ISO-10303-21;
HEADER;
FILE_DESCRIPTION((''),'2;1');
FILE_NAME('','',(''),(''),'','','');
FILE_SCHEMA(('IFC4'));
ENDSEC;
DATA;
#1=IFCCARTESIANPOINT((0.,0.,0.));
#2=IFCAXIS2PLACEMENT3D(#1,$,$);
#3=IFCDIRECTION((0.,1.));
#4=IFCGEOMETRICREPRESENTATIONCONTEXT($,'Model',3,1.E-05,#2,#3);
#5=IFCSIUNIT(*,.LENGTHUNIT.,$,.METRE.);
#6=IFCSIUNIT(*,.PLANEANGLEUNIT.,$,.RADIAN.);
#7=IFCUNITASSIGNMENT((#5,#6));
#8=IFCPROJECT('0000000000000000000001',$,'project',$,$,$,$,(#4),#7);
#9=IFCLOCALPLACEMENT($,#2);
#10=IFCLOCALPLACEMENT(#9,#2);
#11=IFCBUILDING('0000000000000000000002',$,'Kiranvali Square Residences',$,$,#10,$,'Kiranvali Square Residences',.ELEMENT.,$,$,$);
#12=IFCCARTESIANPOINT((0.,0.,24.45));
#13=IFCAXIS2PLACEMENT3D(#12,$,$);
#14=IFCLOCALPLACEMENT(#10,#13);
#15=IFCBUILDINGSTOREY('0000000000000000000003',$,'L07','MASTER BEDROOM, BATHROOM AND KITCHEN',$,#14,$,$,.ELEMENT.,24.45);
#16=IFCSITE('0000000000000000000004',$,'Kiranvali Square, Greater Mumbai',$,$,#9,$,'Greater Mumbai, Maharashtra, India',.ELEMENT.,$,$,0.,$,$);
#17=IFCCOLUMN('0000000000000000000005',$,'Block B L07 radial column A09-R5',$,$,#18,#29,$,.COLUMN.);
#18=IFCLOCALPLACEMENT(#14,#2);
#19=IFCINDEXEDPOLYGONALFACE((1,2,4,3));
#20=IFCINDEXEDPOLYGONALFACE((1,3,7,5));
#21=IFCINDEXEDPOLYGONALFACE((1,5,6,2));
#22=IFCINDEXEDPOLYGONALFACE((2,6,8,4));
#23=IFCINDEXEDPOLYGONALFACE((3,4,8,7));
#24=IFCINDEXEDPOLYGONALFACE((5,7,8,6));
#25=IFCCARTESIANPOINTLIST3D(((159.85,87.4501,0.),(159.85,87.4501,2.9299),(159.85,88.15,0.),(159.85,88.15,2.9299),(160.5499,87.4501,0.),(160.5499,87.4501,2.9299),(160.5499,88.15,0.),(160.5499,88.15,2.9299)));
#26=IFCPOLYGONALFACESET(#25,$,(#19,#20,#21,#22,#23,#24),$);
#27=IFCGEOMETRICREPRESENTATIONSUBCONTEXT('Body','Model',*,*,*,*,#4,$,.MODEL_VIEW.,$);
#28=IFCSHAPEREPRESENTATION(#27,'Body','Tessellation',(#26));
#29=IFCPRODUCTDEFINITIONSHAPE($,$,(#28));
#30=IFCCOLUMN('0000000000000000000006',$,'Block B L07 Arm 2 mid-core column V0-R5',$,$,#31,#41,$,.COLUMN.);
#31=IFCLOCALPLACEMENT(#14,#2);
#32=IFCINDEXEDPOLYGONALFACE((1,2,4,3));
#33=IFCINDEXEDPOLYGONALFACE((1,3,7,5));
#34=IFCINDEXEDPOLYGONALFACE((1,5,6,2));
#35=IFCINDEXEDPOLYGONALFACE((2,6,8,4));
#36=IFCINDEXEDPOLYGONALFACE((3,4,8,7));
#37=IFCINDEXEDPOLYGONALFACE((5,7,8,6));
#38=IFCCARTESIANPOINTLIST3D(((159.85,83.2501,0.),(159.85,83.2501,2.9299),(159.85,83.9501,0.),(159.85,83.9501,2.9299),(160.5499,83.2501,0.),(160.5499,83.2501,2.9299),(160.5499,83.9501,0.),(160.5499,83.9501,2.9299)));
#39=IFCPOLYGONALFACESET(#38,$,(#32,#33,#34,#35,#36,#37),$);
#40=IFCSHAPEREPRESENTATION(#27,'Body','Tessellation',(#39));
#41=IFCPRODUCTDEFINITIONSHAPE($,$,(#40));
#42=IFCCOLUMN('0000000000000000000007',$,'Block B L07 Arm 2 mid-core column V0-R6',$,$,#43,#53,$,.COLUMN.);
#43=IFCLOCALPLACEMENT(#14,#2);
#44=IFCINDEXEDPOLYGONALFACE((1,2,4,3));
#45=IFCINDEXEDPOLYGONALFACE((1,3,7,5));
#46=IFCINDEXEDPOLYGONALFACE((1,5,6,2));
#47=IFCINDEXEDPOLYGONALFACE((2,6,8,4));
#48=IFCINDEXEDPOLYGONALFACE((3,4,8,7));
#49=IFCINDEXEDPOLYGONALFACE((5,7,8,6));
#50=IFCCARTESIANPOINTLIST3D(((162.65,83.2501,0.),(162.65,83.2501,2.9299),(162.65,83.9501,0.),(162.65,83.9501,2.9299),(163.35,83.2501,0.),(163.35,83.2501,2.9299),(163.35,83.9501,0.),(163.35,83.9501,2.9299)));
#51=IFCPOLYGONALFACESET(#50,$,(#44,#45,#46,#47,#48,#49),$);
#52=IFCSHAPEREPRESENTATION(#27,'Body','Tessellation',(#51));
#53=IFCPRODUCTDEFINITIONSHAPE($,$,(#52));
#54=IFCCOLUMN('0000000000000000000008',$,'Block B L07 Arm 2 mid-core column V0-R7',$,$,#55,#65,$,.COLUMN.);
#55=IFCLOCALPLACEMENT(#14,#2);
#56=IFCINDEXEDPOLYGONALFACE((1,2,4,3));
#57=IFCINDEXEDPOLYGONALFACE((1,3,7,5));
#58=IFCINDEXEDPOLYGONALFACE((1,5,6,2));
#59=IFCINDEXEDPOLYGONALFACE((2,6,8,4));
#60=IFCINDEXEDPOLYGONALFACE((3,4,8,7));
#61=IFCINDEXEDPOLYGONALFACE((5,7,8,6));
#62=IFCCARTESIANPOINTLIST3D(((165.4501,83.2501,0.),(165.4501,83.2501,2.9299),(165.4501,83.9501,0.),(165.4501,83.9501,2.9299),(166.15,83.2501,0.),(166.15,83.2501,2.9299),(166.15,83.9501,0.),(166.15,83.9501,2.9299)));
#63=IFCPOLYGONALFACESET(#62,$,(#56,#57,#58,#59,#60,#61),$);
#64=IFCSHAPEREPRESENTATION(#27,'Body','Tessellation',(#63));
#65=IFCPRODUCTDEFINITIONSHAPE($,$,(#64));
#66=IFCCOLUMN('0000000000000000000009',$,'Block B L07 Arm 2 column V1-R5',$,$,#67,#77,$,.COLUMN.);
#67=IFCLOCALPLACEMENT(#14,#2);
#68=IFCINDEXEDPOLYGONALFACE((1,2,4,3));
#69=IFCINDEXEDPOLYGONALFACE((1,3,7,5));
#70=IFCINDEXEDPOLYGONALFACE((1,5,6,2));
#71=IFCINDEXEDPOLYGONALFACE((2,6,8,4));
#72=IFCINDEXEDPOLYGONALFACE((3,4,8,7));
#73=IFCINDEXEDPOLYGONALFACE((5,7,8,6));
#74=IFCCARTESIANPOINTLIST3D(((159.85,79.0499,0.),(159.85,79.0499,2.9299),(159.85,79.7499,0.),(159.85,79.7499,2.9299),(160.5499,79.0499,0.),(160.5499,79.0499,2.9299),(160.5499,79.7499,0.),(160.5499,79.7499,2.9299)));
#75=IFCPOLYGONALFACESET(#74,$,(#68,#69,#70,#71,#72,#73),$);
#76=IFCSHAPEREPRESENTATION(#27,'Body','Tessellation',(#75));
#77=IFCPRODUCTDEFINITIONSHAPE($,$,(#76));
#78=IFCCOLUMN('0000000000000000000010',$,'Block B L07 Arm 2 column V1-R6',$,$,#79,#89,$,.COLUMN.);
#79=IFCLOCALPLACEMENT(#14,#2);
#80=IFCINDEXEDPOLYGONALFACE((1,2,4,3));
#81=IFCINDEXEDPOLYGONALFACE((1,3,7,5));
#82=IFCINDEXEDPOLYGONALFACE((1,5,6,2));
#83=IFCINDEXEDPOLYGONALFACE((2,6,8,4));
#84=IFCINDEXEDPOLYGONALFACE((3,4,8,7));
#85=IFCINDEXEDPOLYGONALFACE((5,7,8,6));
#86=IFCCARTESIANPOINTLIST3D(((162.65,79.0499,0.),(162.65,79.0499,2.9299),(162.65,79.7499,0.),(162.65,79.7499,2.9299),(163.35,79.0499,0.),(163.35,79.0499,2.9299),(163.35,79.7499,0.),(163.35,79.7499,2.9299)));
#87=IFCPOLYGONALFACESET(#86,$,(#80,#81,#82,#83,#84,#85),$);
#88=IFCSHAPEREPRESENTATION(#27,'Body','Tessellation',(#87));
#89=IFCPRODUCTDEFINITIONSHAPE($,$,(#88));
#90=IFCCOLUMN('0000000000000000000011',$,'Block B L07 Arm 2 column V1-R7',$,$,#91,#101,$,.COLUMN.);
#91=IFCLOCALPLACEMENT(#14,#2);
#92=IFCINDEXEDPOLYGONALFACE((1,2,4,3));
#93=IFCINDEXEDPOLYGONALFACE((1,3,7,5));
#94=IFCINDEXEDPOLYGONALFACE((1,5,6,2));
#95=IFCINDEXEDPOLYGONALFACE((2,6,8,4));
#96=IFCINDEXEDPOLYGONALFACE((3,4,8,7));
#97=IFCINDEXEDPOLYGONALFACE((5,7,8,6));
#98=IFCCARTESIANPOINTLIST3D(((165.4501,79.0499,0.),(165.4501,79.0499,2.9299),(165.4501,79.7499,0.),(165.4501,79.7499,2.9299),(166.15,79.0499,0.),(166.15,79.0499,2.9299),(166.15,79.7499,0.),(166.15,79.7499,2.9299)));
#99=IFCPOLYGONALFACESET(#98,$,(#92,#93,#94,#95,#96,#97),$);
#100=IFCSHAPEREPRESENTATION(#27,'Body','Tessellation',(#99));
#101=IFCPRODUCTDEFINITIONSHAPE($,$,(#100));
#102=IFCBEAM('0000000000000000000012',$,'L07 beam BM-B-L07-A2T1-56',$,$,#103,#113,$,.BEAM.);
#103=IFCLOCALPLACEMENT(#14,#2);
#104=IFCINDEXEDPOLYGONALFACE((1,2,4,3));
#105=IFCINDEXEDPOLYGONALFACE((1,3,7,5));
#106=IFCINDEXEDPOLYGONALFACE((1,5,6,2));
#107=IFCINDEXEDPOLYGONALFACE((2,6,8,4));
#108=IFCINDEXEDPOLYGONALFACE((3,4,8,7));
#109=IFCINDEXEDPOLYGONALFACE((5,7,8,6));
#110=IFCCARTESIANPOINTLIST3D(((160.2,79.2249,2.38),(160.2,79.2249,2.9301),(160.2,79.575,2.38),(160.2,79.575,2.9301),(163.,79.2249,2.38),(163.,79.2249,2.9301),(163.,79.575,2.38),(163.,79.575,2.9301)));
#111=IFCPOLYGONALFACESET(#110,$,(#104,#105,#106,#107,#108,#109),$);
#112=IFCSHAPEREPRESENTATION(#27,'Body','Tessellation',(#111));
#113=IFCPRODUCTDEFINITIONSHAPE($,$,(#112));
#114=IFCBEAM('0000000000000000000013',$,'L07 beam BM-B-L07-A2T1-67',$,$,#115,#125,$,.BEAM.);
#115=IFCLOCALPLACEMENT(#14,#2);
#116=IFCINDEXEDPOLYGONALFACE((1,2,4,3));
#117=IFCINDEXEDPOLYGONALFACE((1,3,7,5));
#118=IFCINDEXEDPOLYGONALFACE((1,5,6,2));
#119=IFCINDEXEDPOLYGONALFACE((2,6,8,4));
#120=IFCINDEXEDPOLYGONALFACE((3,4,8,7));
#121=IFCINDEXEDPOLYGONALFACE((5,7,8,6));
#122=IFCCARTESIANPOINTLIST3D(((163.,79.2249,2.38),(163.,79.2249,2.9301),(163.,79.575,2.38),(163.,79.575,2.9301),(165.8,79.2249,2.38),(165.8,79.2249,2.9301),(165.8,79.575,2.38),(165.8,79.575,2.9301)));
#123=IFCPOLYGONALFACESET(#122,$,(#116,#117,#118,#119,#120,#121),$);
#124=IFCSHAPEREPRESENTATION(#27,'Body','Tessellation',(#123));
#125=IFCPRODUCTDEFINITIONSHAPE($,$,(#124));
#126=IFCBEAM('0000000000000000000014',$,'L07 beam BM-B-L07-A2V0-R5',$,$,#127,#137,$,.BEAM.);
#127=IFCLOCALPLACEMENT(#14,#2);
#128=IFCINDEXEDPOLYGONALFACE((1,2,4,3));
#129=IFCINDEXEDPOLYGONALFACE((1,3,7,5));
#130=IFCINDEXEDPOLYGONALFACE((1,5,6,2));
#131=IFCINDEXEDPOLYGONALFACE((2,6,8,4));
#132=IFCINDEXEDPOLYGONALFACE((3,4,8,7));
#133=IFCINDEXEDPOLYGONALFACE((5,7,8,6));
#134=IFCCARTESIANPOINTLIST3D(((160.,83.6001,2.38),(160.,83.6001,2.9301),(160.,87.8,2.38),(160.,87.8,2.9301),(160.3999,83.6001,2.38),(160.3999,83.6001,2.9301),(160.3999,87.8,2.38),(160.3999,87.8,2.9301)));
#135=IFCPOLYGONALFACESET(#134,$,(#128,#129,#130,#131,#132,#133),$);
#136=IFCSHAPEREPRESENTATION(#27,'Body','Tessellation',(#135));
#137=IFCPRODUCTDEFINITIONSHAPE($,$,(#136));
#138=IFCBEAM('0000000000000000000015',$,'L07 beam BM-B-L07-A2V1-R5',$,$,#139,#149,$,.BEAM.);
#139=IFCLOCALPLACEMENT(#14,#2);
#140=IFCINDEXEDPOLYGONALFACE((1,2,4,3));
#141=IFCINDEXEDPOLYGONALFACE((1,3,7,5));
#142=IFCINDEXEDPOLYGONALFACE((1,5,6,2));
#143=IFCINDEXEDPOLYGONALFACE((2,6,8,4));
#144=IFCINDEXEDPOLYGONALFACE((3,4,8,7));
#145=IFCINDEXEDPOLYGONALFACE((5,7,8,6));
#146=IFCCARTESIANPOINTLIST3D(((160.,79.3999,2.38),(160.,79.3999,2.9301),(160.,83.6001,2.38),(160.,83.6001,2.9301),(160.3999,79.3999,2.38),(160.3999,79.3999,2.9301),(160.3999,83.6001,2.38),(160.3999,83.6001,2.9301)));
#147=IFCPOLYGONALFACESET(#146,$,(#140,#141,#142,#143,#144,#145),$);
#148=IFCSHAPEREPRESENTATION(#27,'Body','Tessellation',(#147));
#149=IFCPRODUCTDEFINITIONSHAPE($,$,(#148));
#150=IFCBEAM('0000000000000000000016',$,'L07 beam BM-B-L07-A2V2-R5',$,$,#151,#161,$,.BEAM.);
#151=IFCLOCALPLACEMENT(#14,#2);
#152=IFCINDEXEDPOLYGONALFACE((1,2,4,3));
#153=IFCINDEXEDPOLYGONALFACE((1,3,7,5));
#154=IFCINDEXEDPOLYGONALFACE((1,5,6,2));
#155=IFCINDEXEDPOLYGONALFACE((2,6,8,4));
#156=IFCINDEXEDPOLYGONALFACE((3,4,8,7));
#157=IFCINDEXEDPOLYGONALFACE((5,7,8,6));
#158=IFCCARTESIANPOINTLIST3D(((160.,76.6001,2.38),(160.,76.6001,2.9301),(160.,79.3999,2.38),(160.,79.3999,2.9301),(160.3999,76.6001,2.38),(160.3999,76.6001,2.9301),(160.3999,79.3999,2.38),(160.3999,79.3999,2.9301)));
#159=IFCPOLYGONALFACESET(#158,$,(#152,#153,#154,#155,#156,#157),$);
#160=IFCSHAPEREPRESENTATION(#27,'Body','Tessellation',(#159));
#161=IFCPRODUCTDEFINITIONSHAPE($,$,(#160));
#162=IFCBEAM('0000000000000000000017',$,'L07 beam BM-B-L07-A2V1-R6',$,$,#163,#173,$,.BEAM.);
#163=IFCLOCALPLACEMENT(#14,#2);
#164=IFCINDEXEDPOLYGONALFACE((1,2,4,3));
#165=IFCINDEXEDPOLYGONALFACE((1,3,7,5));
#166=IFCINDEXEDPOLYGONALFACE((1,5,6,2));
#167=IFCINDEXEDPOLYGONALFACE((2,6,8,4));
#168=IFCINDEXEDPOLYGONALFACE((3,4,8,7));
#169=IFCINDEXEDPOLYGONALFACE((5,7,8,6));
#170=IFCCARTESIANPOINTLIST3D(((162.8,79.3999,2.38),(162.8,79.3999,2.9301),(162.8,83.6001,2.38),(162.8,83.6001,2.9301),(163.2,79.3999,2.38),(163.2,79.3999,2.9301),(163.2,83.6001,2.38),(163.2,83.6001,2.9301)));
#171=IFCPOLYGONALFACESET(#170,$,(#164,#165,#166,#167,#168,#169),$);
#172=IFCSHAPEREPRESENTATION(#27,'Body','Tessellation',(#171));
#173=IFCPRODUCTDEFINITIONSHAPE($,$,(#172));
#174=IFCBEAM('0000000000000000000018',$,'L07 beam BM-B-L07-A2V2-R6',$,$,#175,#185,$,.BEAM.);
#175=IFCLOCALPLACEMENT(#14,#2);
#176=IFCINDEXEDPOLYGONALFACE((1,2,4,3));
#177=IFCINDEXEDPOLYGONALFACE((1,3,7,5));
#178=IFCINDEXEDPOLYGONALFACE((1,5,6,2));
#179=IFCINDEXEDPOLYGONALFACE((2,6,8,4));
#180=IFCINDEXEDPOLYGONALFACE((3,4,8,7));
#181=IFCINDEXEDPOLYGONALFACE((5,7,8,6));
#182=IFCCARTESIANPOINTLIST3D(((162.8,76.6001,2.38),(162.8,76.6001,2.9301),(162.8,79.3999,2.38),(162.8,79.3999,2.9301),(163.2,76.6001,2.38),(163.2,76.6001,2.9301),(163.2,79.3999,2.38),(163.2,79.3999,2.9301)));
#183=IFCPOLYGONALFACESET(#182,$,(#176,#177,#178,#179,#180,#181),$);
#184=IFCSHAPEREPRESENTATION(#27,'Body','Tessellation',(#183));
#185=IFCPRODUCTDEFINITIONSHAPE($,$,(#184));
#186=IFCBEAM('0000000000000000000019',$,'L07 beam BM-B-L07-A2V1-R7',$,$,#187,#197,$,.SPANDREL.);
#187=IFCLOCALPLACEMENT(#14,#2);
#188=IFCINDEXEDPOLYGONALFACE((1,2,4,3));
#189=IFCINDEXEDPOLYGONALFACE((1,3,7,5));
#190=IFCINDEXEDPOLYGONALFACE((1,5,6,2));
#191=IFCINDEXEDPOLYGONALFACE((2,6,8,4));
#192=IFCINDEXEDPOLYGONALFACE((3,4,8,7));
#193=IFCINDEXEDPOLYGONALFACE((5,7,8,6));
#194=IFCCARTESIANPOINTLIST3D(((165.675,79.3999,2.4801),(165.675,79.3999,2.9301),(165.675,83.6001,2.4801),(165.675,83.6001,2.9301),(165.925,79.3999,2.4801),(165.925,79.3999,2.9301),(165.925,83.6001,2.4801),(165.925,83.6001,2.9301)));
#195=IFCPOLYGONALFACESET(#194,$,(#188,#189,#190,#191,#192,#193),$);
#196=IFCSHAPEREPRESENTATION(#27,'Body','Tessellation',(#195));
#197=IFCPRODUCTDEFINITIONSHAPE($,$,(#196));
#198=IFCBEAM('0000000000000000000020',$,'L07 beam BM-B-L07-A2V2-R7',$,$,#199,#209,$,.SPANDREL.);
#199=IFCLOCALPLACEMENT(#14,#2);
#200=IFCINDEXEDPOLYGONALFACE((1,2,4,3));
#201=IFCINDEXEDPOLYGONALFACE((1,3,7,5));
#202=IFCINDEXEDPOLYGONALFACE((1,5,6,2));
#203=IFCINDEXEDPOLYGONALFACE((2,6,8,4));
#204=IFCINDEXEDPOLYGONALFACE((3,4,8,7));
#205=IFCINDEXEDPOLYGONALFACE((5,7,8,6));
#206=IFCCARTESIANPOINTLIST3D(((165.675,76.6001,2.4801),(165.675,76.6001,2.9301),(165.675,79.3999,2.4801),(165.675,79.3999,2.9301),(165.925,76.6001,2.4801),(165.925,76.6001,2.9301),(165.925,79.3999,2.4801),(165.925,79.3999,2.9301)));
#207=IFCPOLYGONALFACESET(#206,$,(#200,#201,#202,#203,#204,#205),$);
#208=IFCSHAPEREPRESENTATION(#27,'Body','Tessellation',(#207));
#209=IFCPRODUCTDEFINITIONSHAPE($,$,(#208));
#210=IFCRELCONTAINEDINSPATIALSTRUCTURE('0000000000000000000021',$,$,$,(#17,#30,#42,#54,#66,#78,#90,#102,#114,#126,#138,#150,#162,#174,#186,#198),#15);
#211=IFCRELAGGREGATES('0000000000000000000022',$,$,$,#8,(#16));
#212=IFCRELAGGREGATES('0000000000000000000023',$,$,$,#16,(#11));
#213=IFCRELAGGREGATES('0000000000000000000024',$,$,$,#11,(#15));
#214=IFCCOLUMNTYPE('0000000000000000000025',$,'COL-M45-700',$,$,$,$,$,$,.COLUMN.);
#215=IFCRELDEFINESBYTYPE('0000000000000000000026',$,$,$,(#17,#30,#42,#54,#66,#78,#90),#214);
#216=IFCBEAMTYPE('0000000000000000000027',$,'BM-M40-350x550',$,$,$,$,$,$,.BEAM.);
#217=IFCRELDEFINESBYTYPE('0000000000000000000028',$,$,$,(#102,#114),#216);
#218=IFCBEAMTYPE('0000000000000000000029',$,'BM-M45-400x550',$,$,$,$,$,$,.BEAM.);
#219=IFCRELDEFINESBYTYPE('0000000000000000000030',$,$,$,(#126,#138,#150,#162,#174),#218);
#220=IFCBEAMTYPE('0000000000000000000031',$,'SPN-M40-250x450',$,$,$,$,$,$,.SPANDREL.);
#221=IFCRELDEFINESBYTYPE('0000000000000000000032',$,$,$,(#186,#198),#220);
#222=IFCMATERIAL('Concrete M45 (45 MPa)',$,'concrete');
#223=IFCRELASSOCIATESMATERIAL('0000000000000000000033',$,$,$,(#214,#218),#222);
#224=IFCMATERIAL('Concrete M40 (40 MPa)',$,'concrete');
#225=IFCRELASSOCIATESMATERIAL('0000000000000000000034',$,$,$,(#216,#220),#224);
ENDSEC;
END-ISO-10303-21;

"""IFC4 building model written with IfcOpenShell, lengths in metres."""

from ifc_helpers import new_model, si_unit, direction, frame, origin, origin_2d, place, context, subcontext, project, spatial, rectangle, extrude, material, material_profile, profile_set, type_object, element, save


model = new_model("IFC4")

# Units and contexts
model_context = context("Model", 3, precision=1e-05, world=origin(), true_north=direction((0.0, 1.0)))
body_context = subcontext(model_context, "Body", "Model", "MODEL_VIEW")
ifc_project = project(units=[si_unit("LENGTHUNIT", "METRE"), si_unit("PLANEANGLEUNIT", "RADIAN")], contexts=[model_context])

# Site, building, storey
site_placement = place(None, origin())
site = spatial("IfcSite", under=ifc_project, at=site_placement, Name="Kiranvali Square, Greater Mumbai", LongName="Greater Mumbai, Maharashtra, India", CompositionType="ELEMENT", RefElevation=0.0)
building_placement = place(site_placement, origin())
building = spatial("IfcBuilding", under=site, at=building_placement, Name="Kiranvali Square Residences", LongName="Kiranvali Square Residences", CompositionType="ELEMENT")
storey_placement = place(building_placement, frame((0.0, 0.0, 24.45)))
storey = spatial("IfcBuildingStorey", under=building, at=storey_placement, Name="L07", Description="MASTER BEDROOM, BATHROOM AND KITCHEN", CompositionType="ELEMENT", Elevation=24.45)

# Columns
ifc_material_1 = material(Name="Concrete M45 (45 MPa)", Category="concrete")
ifc_material_profile_1 = material_profile(ifc_material_1, rectangle(XDim=0.7, YDim=0.7, at=origin_2d()), Name="RC 700x700")
ifc_profile_set_1 = profile_set([ifc_material_profile_1], Name="Concrete M45 (45 MPa)")
column_type = type_object("IfcColumnType", Name="COL-M45-700", PredefinedType="COLUMN", material=ifc_profile_set_1)
for number, where, z_axis, x_axis, name in (
    (1, (160.2, 87.8, 0.0), (0.0, 0.0, 1.0), (0.0, 1.0, 0.0), "Block B L07 radial column A09-R5"),
    (2, (160.2, 83.6001, 0.0), (0.0, 0.0, 1.0), (1.0, 0.0, 0.0), "Block B L07 Arm 2 mid-core column V0-R5"),
    (3, (163.0, 83.6001, 0.0), (0.0, 0.0, 1.0), (1.0, 0.0, 0.0), "Block B L07 Arm 2 mid-core column V0-R6"),
    (4, (165.8, 83.6001, 0.0), (0.0, 0.0, 1.0), (1.0, 0.0, 0.0), "Block B L07 Arm 2 mid-core column V0-R7"),
    (5, (160.2, 79.3999, 0.0), (0.0, 0.0, 1.0), (1.0, 0.0, 0.0), "Block B L07 Arm 2 column V1-R5"),
    (6, (163.0, 79.3999, 0.0), (0.0, 0.0, 1.0), (1.0, 0.0, 0.0), "Block B L07 Arm 2 column V1-R6"),
    (7, (165.8, 79.3999, 0.0), (0.0, 0.0, 1.0), (1.0, 0.0, 0.0), "Block B L07 Arm 2 column V1-R7"),
):
    element("IfcColumn", number, at=place(storey_placement, frame(where, z_axis=z_axis, x_axis=x_axis)), inside=storey, type_object=column_type, Name=name, PredefinedType="COLUMN", context=body_context, shape_type="SweptSolid", body=[
        extrude(rectangle(XDim=0.7, YDim=0.7, at=origin_2d()), origin(), (0.0, 0.0, 1.0), 2.9299),
    ])

# Beams
ifc_material_2 = material(Name="Concrete M40 (40 MPa)", Category="concrete")
ifc_material_profile_2 = material_profile(ifc_material_2, rectangle(XDim=0.3501, YDim=0.55, at=origin_2d()), Name="RC 350x550")
ifc_profile_set_2 = profile_set([ifc_material_profile_2], Name="Concrete M40 (40 MPa)")
beam_type_1 = type_object("IfcBeamType", Name="BM-M40-350x550", PredefinedType="BEAM", material=ifc_profile_set_2)
for number, where, z_axis, x_axis, name in (
    (8, (160.2, 79.3999, 2.655), (1.0, 0.0, 0.0), (0.0, 1.0, 0.0), "L07 beam BM-B-L07-A2T1-56"),
    (9, (163.0, 79.3999, 2.655), (1.0, 0.0, 0.0), (0.0, 1.0, 0.0), "L07 beam BM-B-L07-A2T1-67"),
):
    element("IfcBeam", number, at=place(storey_placement, frame(where, z_axis=z_axis, x_axis=x_axis)), inside=storey, type_object=beam_type_1, Name=name, PredefinedType="BEAM", context=body_context, shape_type="SweptSolid", body=[
        extrude(rectangle(XDim=0.3501, YDim=0.55, at=origin_2d()), origin(), (0.0, 0.0, 1.0), 2.8),
    ])
ifc_material_profile_3 = material_profile(ifc_material_1, rectangle(XDim=0.3999, YDim=0.55, at=origin_2d()), Name="RC 400x550")
ifc_profile_set_3 = profile_set([ifc_material_profile_3], Name="Concrete M45 (45 MPa)")
beam_type_2 = type_object("IfcBeamType", Name="BM-M45-400x550", PredefinedType="BEAM", material=ifc_profile_set_3)
beam_1_placement = place(storey_placement, frame((160.2, 87.8, 2.655), z_axis=(0.0, -1.0, 0.0), x_axis=(1.0, 0.0, 0.0)))
element("IfcBeam", 10, at=beam_1_placement, inside=storey, type_object=beam_type_2, Name="L07 beam BM-B-L07-A2V0-R5", PredefinedType="BEAM", context=body_context, shape_type="SweptSolid", body=[
    extrude(rectangle(XDim=0.3999, YDim=0.55, at=origin_2d()), origin(), (0.0, 0.0, 1.0), 4.2),
])
beam_2_placement = place(storey_placement, frame((160.2, 83.6001, 2.655), z_axis=(0.0, -1.0, 0.0), x_axis=(1.0, 0.0, 0.0)))
element("IfcBeam", 11, at=beam_2_placement, inside=storey, type_object=beam_type_2, Name="L07 beam BM-B-L07-A2V1-R5", PredefinedType="BEAM", context=body_context, shape_type="SweptSolid", body=[
    extrude(rectangle(XDim=0.3999, YDim=0.55, at=origin_2d()), origin(), (0.0, 0.0, 1.0), 4.2002),
])
beam_3_placement = place(storey_placement, frame((160.2, 79.3999, 2.655), z_axis=(0.0, -1.0, 0.0), x_axis=(1.0, 0.0, 0.0)))
element("IfcBeam", 12, at=beam_3_placement, inside=storey, type_object=beam_type_2, Name="L07 beam BM-B-L07-A2V2-R5", PredefinedType="BEAM", context=body_context, shape_type="SweptSolid", body=[
    extrude(rectangle(XDim=0.3999, YDim=0.55, at=origin_2d()), origin(), (0.0, 0.0, 1.0), 2.7998),
])
beam_4_placement = place(storey_placement, frame((163.0, 83.6001, 2.655), z_axis=(0.0, -1.0, 0.0), x_axis=(1.0, 0.0, 0.0)))
element("IfcBeam", 13, at=beam_4_placement, inside=storey, type_object=beam_type_2, Name="L07 beam BM-B-L07-A2V1-R6", PredefinedType="BEAM", context=body_context, shape_type="SweptSolid", body=[
    extrude(rectangle(XDim=0.3999, YDim=0.55, at=origin_2d()), origin(), (0.0, 0.0, 1.0), 4.2002),
])
beam_5_placement = place(storey_placement, frame((163.0, 79.3999, 2.655), z_axis=(0.0, -1.0, 0.0), x_axis=(1.0, 0.0, 0.0)))
element("IfcBeam", 14, at=beam_5_placement, inside=storey, type_object=beam_type_2, Name="L07 beam BM-B-L07-A2V2-R6", PredefinedType="BEAM", context=body_context, shape_type="SweptSolid", body=[
    extrude(rectangle(XDim=0.3999, YDim=0.55, at=origin_2d()), origin(), (0.0, 0.0, 1.0), 2.7998),
])
ifc_material_profile_4 = material_profile(ifc_material_2, rectangle(XDim=0.25, YDim=0.45, at=origin_2d()), Name="RC 250x450")
ifc_profile_set_4 = profile_set([ifc_material_profile_4], Name="Concrete M40 (40 MPa)")
beam_type_3 = type_object("IfcBeamType", Name="SPN-M40-250x450", PredefinedType="SPANDREL", material=ifc_profile_set_4)
beam_6_placement = place(storey_placement, frame((165.8, 83.6001, 2.7051), z_axis=(0.0, -1.0, 0.0), x_axis=(1.0, 0.0, 0.0)))
element("IfcBeam", 15, at=beam_6_placement, inside=storey, type_object=beam_type_3, Name="L07 beam BM-B-L07-A2V1-R7", PredefinedType="SPANDREL", context=body_context, shape_type="SweptSolid", body=[
    extrude(rectangle(XDim=0.25, YDim=0.45, at=origin_2d()), origin(), (0.0, 0.0, 1.0), 4.2002),
])
beam_7_placement = place(storey_placement, frame((165.8, 79.3999, 2.7051), z_axis=(0.0, -1.0, 0.0), x_axis=(1.0, 0.0, 0.0)))
element("IfcBeam", 16, at=beam_7_placement, inside=storey, type_object=beam_type_3, Name="L07 beam BM-B-L07-A2V2-R7", PredefinedType="SPANDREL", context=body_context, shape_type="SweptSolid", body=[
    extrude(rectangle(XDim=0.25, YDim=0.45, at=origin_2d()), origin(), (0.0, 0.0, 1.0), 2.7998),
])

save(model, "model.ifc")
